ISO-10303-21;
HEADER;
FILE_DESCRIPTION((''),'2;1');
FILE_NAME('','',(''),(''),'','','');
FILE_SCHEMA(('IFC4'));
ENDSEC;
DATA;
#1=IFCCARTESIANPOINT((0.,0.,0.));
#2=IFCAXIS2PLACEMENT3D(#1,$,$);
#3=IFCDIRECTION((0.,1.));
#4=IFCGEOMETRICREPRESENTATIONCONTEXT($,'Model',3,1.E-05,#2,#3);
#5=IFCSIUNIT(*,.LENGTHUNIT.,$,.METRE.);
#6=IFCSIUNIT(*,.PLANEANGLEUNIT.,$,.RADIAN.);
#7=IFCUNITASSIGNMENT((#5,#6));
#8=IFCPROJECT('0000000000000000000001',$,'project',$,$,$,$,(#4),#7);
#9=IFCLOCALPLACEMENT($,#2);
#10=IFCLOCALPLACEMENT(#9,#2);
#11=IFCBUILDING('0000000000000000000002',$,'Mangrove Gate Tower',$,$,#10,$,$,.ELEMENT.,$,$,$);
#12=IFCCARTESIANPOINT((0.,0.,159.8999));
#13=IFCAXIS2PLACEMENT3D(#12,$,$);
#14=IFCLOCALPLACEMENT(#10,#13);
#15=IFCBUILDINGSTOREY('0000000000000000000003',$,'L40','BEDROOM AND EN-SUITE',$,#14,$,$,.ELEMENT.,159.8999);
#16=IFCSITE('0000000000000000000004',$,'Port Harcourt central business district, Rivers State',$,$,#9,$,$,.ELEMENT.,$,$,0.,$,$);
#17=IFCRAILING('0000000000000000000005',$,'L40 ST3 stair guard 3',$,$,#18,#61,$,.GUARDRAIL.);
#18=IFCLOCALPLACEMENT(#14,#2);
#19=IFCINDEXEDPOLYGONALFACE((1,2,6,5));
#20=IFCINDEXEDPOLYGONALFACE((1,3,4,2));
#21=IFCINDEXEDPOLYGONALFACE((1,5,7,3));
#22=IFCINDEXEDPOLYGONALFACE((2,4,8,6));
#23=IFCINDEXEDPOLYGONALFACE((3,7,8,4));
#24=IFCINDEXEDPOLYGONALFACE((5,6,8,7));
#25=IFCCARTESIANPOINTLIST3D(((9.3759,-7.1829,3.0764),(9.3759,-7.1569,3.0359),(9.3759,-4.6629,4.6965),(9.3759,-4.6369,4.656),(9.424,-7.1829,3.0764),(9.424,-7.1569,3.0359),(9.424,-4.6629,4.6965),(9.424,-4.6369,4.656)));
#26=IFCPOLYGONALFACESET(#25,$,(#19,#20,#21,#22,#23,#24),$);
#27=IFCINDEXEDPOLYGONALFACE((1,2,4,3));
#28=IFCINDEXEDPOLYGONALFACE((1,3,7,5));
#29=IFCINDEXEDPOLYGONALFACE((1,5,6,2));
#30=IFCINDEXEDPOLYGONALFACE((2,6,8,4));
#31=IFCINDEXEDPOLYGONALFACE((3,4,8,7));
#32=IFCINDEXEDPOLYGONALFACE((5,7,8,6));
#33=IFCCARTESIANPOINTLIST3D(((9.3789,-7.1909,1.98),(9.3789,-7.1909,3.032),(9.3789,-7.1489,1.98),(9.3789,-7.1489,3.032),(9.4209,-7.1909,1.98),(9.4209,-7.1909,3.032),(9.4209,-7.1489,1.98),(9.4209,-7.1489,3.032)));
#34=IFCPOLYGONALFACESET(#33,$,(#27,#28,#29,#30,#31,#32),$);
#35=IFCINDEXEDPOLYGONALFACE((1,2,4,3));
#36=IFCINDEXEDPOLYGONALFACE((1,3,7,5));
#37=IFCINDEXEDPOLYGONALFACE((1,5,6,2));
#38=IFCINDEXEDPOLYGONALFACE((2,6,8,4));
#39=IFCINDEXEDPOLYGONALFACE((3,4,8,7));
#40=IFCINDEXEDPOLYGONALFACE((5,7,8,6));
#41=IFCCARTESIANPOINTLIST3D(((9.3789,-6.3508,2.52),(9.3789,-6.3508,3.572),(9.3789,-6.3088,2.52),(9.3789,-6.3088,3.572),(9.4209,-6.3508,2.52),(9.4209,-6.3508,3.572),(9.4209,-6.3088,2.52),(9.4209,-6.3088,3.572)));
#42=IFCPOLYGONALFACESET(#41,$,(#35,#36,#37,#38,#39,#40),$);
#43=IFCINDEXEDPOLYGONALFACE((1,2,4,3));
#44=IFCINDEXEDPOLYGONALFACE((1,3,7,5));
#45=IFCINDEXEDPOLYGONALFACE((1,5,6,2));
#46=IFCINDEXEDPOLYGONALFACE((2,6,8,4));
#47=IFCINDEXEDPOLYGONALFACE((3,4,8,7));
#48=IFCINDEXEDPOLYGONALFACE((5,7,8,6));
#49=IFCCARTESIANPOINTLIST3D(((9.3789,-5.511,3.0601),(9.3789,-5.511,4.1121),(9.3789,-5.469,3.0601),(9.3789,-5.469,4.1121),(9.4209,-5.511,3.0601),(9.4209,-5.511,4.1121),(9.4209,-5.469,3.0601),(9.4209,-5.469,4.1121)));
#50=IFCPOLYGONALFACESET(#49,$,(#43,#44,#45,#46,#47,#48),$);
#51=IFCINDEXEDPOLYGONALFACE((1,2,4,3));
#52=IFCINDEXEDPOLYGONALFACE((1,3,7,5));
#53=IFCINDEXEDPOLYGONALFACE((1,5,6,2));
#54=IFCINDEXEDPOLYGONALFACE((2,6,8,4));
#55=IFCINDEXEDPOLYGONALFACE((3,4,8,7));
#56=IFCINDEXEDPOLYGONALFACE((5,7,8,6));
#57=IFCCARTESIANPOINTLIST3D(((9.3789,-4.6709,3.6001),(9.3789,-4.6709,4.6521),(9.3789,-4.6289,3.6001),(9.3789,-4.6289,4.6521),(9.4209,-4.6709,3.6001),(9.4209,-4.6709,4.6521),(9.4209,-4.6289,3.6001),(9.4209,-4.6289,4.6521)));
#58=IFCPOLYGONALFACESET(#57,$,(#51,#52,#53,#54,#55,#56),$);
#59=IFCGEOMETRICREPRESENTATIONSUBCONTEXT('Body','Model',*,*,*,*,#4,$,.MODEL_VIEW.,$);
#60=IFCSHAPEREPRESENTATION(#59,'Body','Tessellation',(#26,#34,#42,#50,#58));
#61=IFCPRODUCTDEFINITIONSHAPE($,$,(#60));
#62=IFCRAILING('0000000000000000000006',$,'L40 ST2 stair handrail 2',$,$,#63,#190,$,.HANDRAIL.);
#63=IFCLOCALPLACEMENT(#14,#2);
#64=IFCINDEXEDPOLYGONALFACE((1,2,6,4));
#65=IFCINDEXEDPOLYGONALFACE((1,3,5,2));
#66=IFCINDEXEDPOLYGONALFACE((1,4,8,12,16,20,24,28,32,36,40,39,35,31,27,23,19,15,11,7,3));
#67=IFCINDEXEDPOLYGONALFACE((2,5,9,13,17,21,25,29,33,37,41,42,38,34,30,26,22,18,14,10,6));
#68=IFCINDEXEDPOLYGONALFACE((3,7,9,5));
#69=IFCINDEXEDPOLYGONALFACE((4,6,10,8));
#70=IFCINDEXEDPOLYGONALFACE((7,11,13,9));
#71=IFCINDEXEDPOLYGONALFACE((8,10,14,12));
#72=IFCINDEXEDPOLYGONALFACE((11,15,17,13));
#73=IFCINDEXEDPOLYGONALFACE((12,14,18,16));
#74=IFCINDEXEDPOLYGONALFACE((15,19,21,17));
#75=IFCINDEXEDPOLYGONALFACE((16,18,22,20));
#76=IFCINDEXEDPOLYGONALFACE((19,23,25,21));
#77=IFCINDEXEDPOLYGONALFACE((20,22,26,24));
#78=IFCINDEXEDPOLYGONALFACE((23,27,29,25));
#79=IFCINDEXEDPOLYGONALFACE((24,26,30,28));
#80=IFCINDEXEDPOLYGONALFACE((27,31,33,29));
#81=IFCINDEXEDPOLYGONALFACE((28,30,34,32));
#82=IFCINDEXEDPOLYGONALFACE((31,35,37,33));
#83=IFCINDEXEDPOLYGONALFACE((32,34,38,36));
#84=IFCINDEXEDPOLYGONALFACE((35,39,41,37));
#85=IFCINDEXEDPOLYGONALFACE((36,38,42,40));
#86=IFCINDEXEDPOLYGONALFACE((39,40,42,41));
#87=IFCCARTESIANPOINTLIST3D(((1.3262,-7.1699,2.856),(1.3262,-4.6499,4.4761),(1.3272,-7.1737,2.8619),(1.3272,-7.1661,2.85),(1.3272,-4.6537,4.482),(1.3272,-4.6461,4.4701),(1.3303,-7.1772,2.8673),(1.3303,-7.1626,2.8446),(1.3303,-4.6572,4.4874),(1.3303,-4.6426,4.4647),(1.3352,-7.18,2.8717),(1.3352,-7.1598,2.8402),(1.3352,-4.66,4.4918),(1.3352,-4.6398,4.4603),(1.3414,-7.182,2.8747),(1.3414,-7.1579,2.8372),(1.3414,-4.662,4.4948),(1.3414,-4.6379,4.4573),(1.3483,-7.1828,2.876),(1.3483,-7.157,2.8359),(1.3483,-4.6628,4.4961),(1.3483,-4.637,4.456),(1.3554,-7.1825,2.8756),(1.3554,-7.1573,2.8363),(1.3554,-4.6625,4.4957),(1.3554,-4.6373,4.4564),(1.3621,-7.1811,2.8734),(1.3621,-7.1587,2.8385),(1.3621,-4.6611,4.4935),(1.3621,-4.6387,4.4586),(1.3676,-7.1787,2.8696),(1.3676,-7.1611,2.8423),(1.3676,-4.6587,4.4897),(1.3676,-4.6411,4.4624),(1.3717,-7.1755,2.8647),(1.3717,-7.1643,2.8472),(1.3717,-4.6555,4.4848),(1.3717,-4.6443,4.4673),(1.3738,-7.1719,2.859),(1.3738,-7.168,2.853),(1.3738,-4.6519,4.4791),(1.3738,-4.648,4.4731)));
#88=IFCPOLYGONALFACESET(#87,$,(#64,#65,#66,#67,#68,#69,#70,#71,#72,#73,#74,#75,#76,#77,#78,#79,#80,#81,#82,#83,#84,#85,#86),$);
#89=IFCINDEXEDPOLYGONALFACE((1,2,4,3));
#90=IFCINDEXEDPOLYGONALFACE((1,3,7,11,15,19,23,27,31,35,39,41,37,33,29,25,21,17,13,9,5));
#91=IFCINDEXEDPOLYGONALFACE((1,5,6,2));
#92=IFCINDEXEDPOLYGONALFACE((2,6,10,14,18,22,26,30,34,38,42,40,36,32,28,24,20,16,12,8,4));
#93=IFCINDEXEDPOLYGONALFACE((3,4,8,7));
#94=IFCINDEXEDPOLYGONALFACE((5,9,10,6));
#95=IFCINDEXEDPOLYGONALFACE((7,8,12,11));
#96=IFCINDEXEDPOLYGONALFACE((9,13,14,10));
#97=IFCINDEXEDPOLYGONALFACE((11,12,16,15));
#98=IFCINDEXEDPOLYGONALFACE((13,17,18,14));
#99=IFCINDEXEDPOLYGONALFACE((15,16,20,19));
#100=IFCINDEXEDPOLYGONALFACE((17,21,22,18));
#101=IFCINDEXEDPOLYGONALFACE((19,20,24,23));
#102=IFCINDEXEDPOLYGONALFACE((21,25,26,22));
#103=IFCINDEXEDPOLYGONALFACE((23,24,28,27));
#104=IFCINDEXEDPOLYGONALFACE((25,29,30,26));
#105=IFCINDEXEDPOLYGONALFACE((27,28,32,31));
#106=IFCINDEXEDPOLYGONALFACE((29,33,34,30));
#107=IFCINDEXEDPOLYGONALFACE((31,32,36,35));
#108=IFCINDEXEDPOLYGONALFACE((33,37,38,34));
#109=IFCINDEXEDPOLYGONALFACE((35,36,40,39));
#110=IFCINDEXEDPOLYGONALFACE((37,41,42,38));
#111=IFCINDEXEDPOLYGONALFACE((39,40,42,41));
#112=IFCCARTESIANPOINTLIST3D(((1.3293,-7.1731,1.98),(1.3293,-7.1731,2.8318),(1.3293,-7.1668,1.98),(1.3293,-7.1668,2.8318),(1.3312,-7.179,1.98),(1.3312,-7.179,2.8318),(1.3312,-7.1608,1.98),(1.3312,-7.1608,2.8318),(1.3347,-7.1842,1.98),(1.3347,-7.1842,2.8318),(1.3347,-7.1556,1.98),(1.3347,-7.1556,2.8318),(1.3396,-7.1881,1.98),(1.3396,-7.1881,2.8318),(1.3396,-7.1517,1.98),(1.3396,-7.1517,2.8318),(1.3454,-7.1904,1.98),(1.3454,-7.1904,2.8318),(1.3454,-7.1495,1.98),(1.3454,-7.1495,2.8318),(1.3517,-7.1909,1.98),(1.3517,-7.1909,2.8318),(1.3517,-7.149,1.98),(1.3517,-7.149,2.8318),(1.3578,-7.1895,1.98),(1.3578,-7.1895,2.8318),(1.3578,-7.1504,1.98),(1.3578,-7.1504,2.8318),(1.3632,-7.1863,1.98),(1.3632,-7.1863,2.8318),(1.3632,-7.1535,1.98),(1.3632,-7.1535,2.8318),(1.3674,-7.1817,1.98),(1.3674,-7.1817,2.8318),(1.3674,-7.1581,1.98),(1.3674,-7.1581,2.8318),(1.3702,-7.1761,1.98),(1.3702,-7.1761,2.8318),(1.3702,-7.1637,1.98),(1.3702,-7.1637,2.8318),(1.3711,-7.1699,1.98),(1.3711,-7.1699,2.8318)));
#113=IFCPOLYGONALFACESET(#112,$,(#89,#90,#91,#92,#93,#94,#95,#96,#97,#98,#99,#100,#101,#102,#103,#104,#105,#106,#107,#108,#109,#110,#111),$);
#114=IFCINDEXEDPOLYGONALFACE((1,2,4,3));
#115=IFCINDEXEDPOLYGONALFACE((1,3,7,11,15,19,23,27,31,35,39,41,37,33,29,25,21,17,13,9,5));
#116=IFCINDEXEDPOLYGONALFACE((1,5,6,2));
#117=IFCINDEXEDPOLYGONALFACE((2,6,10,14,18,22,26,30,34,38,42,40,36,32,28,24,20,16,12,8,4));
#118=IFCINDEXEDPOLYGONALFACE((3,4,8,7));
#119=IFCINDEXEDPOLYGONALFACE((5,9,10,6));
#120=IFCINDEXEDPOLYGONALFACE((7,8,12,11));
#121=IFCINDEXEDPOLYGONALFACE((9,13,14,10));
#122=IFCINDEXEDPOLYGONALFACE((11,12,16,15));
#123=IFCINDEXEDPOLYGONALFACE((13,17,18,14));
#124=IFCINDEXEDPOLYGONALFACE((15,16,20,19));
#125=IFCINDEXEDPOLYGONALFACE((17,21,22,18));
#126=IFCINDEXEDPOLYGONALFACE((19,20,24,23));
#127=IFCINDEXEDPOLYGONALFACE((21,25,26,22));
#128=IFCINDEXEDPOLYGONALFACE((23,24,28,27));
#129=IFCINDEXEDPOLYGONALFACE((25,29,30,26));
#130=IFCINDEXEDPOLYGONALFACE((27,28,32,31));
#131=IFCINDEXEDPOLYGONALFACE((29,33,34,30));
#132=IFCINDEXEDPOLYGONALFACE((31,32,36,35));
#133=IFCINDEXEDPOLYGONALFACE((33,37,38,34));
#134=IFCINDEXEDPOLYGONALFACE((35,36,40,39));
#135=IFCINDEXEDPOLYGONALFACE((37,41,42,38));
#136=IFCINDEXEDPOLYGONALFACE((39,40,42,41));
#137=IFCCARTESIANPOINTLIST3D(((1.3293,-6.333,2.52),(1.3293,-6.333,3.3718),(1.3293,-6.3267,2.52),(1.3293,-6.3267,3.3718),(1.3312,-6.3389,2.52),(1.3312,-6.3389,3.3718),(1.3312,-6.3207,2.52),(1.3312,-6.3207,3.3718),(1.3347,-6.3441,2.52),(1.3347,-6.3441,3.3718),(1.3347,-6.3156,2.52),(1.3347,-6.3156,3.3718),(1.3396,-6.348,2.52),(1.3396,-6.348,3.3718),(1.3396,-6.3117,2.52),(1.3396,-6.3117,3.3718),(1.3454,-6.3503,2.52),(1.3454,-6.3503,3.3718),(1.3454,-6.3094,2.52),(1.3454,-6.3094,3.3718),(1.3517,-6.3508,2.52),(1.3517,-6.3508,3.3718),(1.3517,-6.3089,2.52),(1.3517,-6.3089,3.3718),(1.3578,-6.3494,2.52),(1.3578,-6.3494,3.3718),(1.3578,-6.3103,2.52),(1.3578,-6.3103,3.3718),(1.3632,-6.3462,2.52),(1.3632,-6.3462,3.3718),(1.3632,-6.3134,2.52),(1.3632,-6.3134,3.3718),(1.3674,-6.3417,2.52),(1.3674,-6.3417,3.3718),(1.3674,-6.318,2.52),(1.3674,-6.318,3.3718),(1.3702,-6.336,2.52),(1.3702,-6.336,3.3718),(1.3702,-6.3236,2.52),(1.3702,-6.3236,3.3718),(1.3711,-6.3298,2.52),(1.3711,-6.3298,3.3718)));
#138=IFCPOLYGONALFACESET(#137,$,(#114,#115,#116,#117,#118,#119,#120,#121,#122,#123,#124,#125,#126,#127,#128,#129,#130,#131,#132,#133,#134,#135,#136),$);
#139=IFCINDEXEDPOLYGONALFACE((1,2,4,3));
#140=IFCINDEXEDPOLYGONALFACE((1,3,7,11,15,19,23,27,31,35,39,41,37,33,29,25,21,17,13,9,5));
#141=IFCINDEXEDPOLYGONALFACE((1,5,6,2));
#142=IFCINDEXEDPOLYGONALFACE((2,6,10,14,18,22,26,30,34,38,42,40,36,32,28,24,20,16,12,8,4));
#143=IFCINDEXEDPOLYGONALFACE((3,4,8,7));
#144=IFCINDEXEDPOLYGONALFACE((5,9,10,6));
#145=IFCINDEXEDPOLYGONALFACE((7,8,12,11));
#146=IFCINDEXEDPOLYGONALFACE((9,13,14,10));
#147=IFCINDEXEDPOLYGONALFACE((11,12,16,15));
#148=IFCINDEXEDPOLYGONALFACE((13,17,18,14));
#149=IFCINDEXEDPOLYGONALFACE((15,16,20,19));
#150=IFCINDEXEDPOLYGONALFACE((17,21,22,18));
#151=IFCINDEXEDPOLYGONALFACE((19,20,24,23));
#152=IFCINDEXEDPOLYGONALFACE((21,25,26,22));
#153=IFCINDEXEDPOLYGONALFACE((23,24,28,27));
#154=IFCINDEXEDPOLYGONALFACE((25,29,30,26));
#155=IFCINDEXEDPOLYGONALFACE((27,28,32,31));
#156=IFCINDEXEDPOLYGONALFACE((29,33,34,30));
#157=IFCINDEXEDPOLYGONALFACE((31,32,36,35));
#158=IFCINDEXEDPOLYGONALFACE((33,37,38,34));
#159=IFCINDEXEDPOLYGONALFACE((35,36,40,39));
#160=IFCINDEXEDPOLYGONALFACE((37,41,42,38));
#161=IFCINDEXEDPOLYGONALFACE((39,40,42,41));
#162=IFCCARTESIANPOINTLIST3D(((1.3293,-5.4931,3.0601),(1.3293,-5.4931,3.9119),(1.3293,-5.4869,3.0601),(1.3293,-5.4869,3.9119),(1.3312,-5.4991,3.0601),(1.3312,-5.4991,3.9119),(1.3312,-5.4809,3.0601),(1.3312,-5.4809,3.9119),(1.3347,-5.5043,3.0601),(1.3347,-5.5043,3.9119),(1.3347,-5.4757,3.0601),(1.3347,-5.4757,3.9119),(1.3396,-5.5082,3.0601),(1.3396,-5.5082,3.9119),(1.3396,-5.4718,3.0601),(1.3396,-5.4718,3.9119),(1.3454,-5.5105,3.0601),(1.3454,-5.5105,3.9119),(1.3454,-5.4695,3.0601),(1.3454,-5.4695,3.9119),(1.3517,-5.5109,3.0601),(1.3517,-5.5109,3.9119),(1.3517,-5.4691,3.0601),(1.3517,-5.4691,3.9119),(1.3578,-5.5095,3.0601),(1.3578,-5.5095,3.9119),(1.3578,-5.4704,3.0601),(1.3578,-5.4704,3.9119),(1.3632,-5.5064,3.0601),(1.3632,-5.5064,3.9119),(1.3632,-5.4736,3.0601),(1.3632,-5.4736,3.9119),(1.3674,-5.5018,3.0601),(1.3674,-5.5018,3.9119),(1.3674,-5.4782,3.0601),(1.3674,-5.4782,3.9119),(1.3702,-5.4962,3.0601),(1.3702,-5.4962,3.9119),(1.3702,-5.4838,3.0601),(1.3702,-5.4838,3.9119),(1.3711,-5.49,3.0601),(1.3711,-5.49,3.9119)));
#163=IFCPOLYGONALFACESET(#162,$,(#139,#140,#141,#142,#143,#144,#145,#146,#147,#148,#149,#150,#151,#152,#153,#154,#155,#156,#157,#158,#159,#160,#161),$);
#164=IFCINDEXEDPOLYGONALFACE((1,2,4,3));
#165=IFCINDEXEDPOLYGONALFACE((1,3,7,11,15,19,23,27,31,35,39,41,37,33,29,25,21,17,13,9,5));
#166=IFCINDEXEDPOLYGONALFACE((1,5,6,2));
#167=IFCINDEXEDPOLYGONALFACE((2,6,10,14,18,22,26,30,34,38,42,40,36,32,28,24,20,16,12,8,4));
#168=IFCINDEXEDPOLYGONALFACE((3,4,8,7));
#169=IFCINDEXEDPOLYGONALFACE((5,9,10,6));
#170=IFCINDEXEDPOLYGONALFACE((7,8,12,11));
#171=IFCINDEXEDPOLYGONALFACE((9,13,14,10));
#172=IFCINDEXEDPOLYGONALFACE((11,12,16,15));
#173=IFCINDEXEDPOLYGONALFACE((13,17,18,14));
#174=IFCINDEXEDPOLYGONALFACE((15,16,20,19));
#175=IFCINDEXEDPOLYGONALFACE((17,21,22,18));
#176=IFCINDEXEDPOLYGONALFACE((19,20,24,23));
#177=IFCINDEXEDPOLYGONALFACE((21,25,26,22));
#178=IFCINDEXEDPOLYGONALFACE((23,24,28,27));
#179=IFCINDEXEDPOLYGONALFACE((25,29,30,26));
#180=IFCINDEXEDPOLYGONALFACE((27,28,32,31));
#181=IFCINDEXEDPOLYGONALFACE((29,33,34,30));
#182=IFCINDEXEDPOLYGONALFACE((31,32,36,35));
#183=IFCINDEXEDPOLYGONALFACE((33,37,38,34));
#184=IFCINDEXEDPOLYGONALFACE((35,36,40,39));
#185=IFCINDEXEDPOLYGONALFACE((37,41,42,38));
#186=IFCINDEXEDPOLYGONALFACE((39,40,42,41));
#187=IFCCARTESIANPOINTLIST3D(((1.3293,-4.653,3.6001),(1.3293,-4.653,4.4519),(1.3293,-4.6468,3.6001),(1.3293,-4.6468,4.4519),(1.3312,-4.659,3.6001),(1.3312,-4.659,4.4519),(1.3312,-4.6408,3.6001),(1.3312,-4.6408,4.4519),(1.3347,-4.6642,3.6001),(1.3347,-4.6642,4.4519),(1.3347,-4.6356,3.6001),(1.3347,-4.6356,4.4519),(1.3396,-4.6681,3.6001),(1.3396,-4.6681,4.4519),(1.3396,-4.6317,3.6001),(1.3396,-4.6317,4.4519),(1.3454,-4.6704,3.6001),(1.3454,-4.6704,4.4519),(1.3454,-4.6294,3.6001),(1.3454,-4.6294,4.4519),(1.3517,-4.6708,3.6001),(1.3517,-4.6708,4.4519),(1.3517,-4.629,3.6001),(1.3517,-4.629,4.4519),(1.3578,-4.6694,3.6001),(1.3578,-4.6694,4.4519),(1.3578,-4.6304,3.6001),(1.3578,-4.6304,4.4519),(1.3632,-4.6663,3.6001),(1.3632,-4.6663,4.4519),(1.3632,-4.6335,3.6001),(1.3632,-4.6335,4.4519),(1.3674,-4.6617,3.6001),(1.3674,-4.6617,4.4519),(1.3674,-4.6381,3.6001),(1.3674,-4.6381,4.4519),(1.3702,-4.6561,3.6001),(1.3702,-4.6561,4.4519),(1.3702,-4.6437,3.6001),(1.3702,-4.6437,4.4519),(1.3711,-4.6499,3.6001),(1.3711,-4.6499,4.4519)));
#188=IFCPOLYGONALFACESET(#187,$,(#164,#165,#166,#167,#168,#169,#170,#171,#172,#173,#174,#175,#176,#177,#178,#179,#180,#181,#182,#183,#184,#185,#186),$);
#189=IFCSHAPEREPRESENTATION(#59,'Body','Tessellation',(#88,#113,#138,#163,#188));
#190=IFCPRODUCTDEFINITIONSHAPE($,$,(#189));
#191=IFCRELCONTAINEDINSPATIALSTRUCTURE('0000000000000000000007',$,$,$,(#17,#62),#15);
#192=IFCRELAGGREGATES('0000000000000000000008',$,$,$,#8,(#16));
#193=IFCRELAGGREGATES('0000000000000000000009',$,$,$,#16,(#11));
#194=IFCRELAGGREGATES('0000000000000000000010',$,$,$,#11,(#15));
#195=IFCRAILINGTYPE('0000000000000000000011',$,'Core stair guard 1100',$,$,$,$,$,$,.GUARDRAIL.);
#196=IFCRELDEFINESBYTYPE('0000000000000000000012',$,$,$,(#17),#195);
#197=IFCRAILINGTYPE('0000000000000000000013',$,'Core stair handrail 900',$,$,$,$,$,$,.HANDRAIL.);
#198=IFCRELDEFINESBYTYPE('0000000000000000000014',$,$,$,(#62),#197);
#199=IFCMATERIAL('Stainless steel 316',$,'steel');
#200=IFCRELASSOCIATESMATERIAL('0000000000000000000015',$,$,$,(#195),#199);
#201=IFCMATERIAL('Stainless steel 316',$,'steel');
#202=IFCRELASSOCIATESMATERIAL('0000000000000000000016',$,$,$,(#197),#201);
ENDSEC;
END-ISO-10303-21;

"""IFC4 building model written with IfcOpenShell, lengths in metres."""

from ifc_helpers import new_model, si_unit, direction, frame, origin, origin_2d, place, context, subcontext, project, spatial, rectangle, circle, extrude, material, type_object, element, save


model = new_model("IFC4")

# Units and contexts
model_context = context("Model", 3, precision=1e-05, world=origin(), true_north=direction((0.0, 1.0)))
body_context = subcontext(model_context, "Body", "Model", "MODEL_VIEW")
ifc_project = project(units=[si_unit("LENGTHUNIT", "METRE"), si_unit("PLANEANGLEUNIT", "RADIAN")], contexts=[model_context])

# Site, building, storey
site_placement = place(None, origin())
site = spatial("IfcSite", under=ifc_project, at=site_placement, Name="Port Harcourt central business district, Rivers State", CompositionType="ELEMENT", RefElevation=0.0)
building_placement = place(site_placement, origin())
building = spatial("IfcBuilding", under=site, at=building_placement, Name="Mangrove Gate Tower", CompositionType="ELEMENT")
storey_placement = place(building_placement, frame((0.0, 0.0, 159.8999)))
storey = spatial("IfcBuildingStorey", under=building, at=storey_placement, Name="L40", Description="BEDROOM AND EN-SUITE", CompositionType="ELEMENT", Elevation=159.8999)

# Railings
ifc_material_1 = material(Name="Stainless steel 316", Category="steel")
railing_type_1 = type_object("IfcRailingType", Name="Core stair guard 1100", PredefinedType="GUARDRAIL", material=ifc_material_1)
railing_1_placement = place(storey_placement, frame((9.3999, -7.1699, 1.98)))
element("IfcRailing", 1, at=railing_1_placement, inside=storey, type_object=railing_type_1, Name="L40 ST3 stair guard 3", PredefinedType="GUARDRAIL", context=body_context, shape_type="SweptSolid", body=[
    extrude(rectangle(XDim=0.0481, YDim=0.0481, at=origin_2d()), frame((0.0, 0.0, 1.0762), z_axis=(0.0, 0.841163, 0.540782), x_axis=(-1.0, 0.0, 0.0)), (0.0, 0.0, 1.0), 2.9958),
    extrude(rectangle(XDim=0.042, YDim=0.042, at=origin_2d()), origin(), (0.0, 0.0, 1.0), 1.052),
    extrude(rectangle(XDim=0.042, YDim=0.042, at=origin_2d()), frame((0.0, 0.8401, 0.54)), (0.0, 0.0, 1.0), 1.052),
    extrude(rectangle(XDim=0.042, YDim=0.042, at=origin_2d()), frame((0.0, 1.6799, 1.0801)), (0.0, 0.0, 1.0), 1.052),
    extrude(rectangle(XDim=0.042, YDim=0.042, at=origin_2d()), frame((0.0, 2.52, 1.6201)), (0.0, 0.0, 1.0), 1.052),
])
ifc_material_2 = material(Name="Stainless steel 316", Category="steel")
railing_type_2 = type_object("IfcRailingType", Name="Core stair handrail 900", PredefinedType="HANDRAIL", material=ifc_material_2)
railing_2_placement = place(storey_placement, frame((1.3501, -7.1699, 1.98)))
element("IfcRailing", 2, at=railing_2_placement, inside=storey, type_object=railing_type_2, Name="L40 ST2 stair handrail 2", PredefinedType="HANDRAIL", context=body_context, shape_type="SweptSolid", body=[
    extrude(circle(Radius=0.0239, at=origin_2d()), frame((0.0, 0.0, 0.876), z_axis=(0.0, 0.841163, 0.540782), x_axis=(-1.0, 0.0, 0.0)), (0.0, 0.0, 1.0), 2.9958),
    extrude(circle(Radius=0.021, at=origin_2d()), origin(), (0.0, 0.0, 1.0), 0.8518),
    extrude(circle(Radius=0.021, at=origin_2d()), frame((0.0, 0.8401, 0.54)), (0.0, 0.0, 1.0), 0.8518),
    extrude(circle(Radius=0.021, at=origin_2d()), frame((0.0, 1.6799, 1.0801)), (0.0, 0.0, 1.0), 0.8518),
    extrude(circle(Radius=0.021, at=origin_2d()), frame((0.0, 2.52, 1.6201)), (0.0, 0.0, 1.0), 0.8518),
])

save(model, "model.ifc")
